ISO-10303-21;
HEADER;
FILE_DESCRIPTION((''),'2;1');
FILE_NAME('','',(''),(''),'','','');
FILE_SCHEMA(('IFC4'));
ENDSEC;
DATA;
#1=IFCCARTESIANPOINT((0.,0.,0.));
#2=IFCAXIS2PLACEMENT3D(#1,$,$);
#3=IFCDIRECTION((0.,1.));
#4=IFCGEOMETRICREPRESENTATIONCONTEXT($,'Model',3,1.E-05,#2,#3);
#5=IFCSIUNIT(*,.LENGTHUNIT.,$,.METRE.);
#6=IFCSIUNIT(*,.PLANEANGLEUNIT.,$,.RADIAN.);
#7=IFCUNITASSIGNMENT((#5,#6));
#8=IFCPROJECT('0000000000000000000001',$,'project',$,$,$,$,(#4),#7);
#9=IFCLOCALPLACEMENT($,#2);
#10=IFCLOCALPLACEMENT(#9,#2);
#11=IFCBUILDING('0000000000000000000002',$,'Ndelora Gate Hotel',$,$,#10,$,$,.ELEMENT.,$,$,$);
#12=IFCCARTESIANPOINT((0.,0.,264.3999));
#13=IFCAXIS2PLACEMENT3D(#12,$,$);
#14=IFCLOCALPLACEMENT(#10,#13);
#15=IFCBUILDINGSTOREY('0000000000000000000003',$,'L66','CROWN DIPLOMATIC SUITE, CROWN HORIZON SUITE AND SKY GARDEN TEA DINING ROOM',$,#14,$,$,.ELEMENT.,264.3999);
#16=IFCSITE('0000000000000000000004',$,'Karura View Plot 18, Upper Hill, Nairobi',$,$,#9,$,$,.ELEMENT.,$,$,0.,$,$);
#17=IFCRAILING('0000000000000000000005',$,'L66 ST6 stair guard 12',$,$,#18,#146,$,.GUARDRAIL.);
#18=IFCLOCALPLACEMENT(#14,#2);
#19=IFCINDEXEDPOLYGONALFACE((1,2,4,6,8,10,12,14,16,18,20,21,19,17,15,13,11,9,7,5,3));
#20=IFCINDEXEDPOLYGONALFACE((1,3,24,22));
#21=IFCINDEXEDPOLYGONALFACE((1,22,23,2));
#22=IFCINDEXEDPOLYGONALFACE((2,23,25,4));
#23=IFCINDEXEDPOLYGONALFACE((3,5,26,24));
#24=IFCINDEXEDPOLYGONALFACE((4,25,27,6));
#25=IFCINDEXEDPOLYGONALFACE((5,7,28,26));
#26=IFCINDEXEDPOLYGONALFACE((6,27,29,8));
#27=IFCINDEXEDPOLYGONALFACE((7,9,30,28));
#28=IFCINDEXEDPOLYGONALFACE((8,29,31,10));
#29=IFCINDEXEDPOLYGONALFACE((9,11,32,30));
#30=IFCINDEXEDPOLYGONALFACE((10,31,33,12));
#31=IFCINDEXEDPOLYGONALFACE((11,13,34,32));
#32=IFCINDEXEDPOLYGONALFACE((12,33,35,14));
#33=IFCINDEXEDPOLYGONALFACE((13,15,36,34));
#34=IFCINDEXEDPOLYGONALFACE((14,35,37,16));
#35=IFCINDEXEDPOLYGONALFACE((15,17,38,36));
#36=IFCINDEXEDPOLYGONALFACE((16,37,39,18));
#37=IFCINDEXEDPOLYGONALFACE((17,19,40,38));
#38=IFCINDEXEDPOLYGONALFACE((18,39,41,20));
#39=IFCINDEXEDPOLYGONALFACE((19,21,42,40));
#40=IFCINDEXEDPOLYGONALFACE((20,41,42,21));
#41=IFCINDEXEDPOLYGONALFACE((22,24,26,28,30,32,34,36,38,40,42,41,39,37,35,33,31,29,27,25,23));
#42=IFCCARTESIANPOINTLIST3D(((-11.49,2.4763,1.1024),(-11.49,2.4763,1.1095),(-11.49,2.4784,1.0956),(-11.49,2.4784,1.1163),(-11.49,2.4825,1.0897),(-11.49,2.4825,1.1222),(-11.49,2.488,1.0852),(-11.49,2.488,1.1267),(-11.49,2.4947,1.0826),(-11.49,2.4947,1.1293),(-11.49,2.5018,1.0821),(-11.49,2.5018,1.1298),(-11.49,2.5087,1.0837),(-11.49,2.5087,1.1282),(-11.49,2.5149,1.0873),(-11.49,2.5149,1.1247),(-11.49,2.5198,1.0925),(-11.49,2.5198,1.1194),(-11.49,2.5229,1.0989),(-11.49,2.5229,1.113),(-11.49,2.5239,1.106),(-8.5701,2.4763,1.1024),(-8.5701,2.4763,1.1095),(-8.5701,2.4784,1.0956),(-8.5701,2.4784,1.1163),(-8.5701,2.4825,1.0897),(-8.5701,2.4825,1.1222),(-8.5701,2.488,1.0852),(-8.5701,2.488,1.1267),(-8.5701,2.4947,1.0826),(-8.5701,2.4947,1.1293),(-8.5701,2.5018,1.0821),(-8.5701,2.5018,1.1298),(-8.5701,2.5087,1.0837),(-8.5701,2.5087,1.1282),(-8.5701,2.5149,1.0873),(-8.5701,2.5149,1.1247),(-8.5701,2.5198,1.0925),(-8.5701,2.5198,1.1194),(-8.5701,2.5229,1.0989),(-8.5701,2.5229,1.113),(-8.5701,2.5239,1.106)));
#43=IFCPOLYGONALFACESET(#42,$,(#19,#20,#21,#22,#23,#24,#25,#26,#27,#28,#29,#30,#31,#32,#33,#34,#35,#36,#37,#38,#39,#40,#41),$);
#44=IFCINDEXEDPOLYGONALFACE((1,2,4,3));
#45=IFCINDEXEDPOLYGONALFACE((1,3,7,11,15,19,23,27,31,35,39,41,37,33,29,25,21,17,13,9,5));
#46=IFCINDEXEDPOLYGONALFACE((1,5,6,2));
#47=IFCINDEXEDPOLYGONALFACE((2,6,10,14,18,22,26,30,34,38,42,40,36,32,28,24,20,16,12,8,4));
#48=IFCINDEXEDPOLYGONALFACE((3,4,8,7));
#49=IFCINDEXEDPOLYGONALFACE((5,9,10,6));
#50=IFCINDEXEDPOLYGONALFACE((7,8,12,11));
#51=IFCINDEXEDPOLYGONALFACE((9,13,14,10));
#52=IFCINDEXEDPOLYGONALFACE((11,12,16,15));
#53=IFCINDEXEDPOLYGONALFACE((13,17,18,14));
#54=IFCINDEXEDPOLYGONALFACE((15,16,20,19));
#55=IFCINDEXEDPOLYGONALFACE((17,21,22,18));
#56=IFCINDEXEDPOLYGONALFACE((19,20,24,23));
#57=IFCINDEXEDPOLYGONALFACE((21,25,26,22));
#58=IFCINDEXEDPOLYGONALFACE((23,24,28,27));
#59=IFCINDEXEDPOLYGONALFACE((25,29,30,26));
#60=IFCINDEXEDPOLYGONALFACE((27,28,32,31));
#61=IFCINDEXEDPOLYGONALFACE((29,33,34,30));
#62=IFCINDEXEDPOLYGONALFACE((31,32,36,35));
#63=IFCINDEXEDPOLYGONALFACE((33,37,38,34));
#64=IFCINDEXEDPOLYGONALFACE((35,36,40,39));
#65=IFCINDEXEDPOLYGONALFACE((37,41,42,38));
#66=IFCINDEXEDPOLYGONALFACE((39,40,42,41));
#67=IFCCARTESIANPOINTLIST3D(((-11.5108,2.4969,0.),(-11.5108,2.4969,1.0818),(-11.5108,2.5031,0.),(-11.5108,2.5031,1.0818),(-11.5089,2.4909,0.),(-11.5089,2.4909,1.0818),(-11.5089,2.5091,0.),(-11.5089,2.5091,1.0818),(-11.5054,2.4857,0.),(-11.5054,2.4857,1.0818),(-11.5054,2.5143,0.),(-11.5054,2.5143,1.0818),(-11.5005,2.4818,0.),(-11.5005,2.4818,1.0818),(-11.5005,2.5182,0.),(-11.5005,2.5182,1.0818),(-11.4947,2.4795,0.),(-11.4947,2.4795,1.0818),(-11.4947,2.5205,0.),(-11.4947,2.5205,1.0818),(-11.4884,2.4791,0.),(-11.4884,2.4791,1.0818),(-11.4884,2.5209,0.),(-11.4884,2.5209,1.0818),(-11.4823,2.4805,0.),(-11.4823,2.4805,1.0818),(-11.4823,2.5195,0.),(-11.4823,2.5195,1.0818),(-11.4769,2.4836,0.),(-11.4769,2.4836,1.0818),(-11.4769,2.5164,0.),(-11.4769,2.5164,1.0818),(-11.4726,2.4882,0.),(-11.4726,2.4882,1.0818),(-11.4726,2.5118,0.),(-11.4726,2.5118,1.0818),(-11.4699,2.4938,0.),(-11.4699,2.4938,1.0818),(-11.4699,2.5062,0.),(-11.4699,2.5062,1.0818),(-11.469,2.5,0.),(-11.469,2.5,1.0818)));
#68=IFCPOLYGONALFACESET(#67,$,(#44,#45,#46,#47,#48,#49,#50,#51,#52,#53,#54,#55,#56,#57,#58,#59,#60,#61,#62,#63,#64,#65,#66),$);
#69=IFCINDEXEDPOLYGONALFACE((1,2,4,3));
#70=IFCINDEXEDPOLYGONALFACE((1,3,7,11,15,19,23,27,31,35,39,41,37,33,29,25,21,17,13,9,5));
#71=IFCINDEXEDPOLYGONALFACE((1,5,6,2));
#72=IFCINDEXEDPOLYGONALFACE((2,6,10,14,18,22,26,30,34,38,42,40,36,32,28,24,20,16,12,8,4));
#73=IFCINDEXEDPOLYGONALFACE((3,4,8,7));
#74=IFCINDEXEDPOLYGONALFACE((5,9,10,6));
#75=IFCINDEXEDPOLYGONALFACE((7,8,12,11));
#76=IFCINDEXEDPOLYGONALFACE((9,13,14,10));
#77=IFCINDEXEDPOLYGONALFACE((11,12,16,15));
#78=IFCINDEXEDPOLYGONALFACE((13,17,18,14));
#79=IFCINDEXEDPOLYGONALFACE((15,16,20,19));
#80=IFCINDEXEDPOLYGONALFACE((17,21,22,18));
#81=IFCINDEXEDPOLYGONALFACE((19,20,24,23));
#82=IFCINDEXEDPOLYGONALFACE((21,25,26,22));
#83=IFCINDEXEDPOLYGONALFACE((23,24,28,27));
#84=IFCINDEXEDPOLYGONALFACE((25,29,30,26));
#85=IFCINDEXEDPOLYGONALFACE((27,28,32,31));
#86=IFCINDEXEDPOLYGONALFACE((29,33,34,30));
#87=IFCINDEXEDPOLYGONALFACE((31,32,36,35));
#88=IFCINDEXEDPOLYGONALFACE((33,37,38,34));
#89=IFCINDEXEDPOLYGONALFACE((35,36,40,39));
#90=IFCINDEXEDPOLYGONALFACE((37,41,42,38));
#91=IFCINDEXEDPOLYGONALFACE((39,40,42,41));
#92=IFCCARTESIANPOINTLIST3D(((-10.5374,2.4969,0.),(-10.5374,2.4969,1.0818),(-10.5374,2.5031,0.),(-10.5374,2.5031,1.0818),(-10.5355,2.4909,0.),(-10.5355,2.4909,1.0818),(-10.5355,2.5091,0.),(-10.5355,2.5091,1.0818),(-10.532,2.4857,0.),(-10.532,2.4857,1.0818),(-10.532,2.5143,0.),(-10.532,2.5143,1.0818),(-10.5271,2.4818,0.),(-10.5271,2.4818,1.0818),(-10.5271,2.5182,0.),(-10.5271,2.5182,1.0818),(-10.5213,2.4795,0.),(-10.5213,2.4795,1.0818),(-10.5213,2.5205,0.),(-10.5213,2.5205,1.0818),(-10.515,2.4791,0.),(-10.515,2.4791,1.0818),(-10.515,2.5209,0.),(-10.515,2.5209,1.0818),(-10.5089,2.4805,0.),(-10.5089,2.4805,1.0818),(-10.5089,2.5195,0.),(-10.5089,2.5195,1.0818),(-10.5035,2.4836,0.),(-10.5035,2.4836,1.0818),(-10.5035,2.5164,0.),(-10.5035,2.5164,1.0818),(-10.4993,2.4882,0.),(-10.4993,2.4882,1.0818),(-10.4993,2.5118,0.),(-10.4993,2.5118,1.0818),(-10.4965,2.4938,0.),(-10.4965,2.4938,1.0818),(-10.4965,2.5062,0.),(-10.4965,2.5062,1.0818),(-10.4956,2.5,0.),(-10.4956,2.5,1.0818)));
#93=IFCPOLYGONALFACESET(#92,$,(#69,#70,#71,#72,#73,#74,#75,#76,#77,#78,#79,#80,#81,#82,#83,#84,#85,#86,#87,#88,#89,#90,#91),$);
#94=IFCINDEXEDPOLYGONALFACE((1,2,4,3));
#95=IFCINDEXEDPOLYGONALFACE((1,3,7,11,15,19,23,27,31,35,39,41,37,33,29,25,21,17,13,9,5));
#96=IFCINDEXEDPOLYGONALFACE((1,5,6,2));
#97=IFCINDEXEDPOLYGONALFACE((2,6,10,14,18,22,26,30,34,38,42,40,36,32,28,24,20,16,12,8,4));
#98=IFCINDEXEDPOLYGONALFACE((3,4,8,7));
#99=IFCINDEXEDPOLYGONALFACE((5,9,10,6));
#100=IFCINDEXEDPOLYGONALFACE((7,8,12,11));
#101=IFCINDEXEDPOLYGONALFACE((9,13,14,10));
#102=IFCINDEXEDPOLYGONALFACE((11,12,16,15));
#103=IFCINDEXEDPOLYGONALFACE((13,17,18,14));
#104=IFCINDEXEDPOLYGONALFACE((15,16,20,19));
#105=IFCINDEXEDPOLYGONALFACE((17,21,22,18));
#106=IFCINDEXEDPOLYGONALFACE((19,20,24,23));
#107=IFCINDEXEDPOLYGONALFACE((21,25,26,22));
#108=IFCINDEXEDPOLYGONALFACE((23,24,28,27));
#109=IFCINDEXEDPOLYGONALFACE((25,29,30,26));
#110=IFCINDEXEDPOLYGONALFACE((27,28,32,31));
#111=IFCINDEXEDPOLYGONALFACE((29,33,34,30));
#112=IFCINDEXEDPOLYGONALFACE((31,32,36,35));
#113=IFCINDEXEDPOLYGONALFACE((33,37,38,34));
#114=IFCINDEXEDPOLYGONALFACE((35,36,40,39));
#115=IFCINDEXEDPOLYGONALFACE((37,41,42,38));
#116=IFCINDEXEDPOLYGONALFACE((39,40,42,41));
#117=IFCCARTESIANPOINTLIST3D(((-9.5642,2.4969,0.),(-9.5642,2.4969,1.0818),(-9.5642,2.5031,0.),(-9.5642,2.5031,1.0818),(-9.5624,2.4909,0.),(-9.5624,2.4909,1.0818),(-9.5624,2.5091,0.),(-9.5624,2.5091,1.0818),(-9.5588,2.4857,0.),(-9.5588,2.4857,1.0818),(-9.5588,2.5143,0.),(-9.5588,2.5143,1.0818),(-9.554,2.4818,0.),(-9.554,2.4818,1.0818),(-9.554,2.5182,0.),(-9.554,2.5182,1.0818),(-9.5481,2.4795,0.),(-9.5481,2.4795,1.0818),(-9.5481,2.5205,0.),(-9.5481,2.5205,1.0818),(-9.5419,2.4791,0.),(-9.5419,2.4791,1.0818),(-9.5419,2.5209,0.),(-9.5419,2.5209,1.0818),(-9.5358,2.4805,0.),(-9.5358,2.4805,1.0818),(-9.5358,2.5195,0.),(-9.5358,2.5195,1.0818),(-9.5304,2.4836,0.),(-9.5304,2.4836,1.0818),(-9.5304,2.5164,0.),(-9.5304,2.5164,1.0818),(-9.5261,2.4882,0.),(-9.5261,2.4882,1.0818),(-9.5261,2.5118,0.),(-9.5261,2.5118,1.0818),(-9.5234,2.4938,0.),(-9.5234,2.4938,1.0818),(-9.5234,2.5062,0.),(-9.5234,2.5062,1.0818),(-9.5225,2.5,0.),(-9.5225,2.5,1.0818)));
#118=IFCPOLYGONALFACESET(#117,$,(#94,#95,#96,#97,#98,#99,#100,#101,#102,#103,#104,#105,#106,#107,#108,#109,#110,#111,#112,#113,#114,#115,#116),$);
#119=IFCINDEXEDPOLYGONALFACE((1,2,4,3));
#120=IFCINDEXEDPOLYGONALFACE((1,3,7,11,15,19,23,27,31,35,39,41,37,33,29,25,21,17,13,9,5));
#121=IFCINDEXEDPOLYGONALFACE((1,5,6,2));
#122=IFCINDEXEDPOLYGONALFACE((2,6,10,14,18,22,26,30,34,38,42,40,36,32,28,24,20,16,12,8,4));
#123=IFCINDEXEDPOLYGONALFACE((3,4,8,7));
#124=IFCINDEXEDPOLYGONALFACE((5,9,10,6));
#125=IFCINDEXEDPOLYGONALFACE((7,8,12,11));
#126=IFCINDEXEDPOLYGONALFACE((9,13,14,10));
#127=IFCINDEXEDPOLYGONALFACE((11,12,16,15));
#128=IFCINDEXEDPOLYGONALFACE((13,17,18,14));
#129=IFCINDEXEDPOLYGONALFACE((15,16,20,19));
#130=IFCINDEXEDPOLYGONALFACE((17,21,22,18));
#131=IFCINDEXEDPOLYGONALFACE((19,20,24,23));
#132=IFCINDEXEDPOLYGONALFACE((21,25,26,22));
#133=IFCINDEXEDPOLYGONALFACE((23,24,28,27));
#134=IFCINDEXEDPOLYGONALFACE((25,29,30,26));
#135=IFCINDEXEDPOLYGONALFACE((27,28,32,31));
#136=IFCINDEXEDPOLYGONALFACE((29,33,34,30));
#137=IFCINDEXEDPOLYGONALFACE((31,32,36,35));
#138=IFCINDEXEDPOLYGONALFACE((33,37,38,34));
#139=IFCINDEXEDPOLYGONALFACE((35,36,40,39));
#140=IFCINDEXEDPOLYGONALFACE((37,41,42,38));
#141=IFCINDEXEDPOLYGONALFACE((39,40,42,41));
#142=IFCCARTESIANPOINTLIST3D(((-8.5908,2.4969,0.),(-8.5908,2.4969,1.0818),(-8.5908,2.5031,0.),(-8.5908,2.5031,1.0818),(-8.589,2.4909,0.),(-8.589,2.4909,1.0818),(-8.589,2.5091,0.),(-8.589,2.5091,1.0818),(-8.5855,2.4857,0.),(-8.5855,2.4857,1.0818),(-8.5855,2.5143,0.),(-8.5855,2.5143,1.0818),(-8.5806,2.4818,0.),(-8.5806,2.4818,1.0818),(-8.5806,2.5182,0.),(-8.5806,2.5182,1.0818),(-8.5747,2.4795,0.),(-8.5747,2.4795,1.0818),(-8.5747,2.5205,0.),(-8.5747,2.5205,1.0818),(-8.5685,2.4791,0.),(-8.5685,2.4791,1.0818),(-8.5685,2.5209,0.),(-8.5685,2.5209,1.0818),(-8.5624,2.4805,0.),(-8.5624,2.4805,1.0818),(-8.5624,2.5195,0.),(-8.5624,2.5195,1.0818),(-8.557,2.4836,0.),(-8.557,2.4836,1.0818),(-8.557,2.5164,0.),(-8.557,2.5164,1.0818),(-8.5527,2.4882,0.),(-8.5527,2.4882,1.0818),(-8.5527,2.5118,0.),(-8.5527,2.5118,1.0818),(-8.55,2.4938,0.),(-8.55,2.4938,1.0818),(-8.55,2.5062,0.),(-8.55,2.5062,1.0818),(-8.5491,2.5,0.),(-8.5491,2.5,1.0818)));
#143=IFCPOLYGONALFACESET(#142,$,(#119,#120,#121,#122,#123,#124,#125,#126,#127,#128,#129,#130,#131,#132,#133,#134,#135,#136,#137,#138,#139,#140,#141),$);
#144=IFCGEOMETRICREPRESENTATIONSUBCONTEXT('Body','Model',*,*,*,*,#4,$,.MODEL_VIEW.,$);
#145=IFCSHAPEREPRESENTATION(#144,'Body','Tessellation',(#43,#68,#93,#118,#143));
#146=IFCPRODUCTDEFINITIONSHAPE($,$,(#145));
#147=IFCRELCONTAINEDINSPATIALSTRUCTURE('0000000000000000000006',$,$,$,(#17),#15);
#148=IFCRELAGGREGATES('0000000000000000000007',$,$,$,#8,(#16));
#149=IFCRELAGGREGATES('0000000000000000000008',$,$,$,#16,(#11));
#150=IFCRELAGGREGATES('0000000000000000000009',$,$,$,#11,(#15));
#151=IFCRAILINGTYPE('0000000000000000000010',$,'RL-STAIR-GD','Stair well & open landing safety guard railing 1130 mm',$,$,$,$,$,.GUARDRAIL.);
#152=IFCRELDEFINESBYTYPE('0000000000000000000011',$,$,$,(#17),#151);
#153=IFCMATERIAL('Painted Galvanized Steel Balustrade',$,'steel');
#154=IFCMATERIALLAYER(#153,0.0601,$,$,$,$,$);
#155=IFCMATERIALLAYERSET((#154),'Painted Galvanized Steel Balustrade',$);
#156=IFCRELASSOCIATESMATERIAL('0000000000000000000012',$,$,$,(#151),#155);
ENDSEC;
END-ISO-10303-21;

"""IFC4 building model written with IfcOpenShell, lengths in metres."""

from ifc_helpers import new_model, si_unit, direction, frame, origin, origin_2d, place, context, subcontext, project, spatial, circle, extrude, material, layer, layer_set, type_object, element, save


model = new_model("IFC4")

# Units and contexts
model_context = context("Model", 3, precision=1e-05, world=origin(), true_north=direction((0.0, 1.0)))
body_context = subcontext(model_context, "Body", "Model", "MODEL_VIEW")
ifc_project = project(units=[si_unit("LENGTHUNIT", "METRE"), si_unit("PLANEANGLEUNIT", "RADIAN")], contexts=[model_context])

# Site, building, storey
site_placement = place(None, origin())
site = spatial("IfcSite", under=ifc_project, at=site_placement, Name="Karura View Plot 18, Upper Hill, Nairobi", CompositionType="ELEMENT", RefElevation=0.0)
building_placement = place(site_placement, origin())
building = spatial("IfcBuilding", under=site, at=building_placement, Name="Ndelora Gate Hotel", CompositionType="ELEMENT")
storey_placement = place(building_placement, frame((0.0, 0.0, 264.3999)))
storey = spatial("IfcBuildingStorey", under=building, at=storey_placement, Name="L66", Description="CROWN DIPLOMATIC SUITE, CROWN HORIZON SUITE AND SKY GARDEN TEA DINING ROOM", CompositionType="ELEMENT", Elevation=264.3999)

# Railing
ifc_material_1 = material(Name="Painted Galvanized Steel Balustrade", Category="steel")
ifc_layer_1 = layer(ifc_material_1, 0.0601)
ifc_layer_set_1 = layer_set([ifc_layer_1], Name="Painted Galvanized Steel Balustrade")
railing_type_1 = type_object("IfcRailingType", Name="RL-STAIR-GD", Description="Stair well & open landing safety guard railing 1130 mm", PredefinedType="GUARDRAIL", material=ifc_layer_set_1)
railing_1_placement = place(storey_placement, frame((-11.49, 2.5, 0.0)))
element("IfcRailing", 1, at=railing_1_placement, inside=storey, type_object=railing_type_1, Name="L66 ST6 stair guard 12", PredefinedType="GUARDRAIL", context=body_context, shape_type="SweptSolid", body=[
    extrude(circle(Radius=0.0239, at=origin_2d()), frame((0.0, 0.0, 1.106), z_axis=(1.0, 0.0, 0.0), x_axis=(0.0, 1.0, 0.0)), (0.0, 0.0, 1.0), 2.9199),
    extrude(circle(Radius=0.021, at=origin_2d()), origin(), (0.0, 0.0, 1.0), 1.0818),
    extrude(circle(Radius=0.021, at=origin_2d()), frame((0.9734, 0.0, 0.0)), (0.0, 0.0, 1.0), 1.0818),
    extrude(circle(Radius=0.021, at=origin_2d()), frame((1.9465, 0.0, 0.0)), (0.0, 0.0, 1.0), 1.0818),
    extrude(circle(Radius=0.021, at=origin_2d()), frame((2.9199, 0.0, 0.0)), (0.0, 0.0, 1.0), 1.0818),
])

save(model, "model.ifc")
